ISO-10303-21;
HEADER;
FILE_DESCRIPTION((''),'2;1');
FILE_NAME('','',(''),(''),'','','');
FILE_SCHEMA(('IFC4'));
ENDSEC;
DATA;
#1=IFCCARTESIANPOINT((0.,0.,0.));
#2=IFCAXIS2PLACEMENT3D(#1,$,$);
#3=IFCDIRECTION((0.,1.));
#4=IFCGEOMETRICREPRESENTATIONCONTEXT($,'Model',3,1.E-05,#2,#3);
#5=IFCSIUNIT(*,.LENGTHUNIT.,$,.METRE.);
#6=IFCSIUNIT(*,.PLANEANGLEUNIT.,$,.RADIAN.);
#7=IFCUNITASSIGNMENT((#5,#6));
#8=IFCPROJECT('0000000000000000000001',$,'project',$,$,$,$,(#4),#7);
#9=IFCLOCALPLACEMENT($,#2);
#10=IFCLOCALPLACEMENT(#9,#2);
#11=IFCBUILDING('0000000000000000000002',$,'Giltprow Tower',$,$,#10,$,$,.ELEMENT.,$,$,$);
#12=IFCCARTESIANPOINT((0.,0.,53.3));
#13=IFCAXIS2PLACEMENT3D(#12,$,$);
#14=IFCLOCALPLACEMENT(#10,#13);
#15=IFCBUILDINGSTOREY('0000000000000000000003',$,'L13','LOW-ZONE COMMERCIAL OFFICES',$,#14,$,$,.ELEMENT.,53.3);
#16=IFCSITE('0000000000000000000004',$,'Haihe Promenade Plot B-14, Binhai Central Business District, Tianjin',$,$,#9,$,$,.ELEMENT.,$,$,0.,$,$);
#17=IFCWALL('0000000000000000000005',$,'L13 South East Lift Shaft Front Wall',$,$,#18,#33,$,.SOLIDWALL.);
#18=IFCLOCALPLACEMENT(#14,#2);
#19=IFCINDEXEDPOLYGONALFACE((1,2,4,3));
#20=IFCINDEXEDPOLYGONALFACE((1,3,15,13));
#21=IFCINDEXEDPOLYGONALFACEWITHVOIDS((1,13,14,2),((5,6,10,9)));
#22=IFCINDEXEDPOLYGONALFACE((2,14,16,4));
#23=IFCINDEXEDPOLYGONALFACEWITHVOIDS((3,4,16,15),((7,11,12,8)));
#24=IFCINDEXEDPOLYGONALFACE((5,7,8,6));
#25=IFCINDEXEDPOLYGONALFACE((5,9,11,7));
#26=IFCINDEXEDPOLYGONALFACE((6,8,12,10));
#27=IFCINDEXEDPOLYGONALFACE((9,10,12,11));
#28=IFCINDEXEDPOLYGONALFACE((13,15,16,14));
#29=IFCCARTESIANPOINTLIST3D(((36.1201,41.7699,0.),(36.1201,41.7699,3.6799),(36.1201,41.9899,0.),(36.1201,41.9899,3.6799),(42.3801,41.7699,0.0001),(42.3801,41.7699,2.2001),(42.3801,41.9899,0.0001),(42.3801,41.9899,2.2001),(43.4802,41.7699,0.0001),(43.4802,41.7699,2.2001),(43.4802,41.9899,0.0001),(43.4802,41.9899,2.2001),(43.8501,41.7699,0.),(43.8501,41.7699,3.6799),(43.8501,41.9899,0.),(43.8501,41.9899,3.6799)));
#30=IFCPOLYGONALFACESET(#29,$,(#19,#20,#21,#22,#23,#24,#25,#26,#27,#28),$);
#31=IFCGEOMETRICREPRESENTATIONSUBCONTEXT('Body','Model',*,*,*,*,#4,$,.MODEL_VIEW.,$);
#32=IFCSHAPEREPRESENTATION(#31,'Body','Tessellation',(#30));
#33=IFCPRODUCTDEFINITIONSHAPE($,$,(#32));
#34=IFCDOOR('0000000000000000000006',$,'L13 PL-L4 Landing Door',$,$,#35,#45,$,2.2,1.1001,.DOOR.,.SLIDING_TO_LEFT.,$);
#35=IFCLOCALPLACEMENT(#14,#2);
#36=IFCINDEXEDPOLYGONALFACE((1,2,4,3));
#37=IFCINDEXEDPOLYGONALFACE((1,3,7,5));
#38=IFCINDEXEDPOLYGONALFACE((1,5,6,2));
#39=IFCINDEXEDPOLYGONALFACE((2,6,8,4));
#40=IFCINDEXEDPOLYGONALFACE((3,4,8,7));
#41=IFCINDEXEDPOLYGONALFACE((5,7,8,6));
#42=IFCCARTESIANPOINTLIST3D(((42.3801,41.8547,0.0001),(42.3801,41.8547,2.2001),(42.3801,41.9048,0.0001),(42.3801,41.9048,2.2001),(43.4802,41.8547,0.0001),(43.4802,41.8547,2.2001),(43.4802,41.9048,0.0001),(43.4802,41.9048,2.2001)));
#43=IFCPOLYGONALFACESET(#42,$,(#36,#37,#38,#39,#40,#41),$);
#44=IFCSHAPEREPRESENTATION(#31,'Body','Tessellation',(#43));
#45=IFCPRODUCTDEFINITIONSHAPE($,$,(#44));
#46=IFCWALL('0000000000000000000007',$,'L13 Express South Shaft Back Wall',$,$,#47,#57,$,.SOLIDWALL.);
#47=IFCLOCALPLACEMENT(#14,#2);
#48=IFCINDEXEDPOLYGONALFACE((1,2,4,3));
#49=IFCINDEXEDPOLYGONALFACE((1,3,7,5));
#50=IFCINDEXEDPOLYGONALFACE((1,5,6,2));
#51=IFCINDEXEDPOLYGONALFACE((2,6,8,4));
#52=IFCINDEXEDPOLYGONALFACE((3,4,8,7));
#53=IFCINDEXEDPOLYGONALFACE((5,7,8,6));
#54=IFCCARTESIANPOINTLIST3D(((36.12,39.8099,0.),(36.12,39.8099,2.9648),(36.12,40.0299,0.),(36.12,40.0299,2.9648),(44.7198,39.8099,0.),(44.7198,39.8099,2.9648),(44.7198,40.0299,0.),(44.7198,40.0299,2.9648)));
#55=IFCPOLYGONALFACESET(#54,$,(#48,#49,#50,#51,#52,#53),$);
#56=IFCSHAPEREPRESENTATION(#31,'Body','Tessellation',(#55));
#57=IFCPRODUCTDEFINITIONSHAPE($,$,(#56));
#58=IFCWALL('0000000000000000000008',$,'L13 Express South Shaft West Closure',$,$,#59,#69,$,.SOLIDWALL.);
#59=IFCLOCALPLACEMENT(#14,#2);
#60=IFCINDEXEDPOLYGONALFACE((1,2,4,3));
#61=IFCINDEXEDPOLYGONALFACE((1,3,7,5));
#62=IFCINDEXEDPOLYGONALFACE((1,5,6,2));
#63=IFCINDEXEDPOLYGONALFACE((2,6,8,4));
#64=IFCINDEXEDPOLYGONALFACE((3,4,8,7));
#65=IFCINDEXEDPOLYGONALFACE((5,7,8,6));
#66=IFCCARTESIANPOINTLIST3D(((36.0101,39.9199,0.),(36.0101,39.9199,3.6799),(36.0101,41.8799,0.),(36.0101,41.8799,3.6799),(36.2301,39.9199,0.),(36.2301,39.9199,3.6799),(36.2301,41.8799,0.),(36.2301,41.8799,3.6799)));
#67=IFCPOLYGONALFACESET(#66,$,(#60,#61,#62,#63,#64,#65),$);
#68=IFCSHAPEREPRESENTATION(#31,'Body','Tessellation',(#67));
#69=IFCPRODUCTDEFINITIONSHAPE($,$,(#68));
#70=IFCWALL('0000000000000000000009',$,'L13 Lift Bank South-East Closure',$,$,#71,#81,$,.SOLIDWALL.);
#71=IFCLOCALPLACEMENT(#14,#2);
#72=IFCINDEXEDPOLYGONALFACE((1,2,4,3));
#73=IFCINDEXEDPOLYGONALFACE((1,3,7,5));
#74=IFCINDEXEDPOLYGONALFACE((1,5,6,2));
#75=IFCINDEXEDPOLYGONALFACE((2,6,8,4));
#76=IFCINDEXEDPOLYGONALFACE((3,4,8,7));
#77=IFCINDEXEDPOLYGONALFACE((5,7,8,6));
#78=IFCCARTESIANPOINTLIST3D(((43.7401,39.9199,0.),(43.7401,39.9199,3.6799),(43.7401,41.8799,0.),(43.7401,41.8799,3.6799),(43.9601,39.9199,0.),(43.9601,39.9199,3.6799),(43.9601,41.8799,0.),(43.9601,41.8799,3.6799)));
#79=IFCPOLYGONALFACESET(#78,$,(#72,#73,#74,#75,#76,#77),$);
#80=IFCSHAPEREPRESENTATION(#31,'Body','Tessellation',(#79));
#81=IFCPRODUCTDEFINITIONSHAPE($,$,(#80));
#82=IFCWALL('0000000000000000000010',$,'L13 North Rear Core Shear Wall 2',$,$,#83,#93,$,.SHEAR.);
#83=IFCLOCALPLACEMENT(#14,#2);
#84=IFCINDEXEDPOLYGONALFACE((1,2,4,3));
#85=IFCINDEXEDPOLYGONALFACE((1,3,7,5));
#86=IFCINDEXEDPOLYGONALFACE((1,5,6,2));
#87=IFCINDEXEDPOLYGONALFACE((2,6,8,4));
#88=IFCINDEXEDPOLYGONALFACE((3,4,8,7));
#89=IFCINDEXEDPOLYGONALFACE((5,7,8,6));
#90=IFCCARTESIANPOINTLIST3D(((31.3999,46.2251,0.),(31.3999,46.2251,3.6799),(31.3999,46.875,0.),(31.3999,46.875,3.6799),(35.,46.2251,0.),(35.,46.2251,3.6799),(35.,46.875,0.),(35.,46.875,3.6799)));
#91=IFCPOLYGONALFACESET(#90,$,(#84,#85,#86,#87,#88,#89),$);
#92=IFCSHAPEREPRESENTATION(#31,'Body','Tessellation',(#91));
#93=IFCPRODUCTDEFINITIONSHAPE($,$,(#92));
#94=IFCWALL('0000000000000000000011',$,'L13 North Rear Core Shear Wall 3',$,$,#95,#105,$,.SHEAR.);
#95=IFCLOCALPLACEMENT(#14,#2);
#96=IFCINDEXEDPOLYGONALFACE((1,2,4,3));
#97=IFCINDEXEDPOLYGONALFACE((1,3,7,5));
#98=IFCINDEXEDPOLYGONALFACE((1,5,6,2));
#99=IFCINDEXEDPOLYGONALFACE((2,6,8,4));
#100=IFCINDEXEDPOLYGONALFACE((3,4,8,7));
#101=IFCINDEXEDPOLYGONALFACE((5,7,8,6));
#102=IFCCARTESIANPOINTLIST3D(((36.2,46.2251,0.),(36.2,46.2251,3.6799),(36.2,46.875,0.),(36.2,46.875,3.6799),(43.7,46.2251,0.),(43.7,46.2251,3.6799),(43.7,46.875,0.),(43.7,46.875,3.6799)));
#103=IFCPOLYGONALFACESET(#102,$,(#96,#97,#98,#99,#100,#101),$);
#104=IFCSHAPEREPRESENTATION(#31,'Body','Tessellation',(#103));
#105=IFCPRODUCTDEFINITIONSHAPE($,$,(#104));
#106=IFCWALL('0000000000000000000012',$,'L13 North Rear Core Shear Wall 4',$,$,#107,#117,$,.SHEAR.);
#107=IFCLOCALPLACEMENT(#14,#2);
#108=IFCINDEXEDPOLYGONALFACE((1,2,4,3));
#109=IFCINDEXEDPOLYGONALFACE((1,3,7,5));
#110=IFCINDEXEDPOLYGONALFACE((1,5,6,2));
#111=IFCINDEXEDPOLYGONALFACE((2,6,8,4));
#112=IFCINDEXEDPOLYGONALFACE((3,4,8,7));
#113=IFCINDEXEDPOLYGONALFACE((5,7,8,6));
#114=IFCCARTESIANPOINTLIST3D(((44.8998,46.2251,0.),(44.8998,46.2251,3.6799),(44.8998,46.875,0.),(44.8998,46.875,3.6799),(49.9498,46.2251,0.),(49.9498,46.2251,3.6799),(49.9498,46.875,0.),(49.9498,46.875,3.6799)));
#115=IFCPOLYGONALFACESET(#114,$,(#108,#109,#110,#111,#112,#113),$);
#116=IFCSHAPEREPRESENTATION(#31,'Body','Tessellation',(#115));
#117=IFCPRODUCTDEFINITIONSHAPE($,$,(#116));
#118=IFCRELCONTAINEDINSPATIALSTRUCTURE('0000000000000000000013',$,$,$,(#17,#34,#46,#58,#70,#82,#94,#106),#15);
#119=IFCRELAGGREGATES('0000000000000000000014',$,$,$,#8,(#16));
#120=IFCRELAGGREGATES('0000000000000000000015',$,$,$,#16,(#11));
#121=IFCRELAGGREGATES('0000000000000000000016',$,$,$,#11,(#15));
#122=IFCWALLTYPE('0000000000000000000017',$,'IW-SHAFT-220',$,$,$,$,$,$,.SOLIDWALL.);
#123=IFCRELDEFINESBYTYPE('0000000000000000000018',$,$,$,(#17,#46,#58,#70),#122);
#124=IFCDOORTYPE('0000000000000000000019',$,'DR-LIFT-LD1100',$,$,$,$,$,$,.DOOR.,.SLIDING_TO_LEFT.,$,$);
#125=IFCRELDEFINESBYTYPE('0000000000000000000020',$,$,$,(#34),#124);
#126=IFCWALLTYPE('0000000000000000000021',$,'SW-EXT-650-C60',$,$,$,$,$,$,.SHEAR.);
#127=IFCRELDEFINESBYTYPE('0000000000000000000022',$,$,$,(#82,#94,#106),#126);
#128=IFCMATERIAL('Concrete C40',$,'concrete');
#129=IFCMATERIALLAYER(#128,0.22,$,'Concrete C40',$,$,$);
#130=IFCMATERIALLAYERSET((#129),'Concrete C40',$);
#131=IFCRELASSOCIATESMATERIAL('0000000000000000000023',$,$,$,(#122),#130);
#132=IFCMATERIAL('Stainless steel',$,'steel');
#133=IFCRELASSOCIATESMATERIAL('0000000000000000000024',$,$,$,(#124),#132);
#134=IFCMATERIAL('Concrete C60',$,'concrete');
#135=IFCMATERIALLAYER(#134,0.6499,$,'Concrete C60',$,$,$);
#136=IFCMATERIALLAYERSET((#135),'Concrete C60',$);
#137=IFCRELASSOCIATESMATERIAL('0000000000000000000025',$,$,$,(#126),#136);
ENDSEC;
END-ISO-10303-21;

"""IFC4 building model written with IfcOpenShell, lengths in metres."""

from ifc_helpers import new_model, si_unit, direction, frame, frame_2d, origin, place, context, subcontext, project, spatial, rectangle, extrude, source, transform, mapped, material, layer, layer_set, type_object, element, fill, save


model = new_model("IFC4")

# Units and contexts
model_context = context("Model", 3, precision=1e-05, world=origin(), true_north=direction((0.0, 1.0)))
body_context = subcontext(model_context, "Body", "Model", "MODEL_VIEW")
ifc_project = project(units=[si_unit("LENGTHUNIT", "METRE"), si_unit("PLANEANGLEUNIT", "RADIAN")], contexts=[model_context])

# Site, building, storey
site_placement = place(None, origin())
site = spatial("IfcSite", under=ifc_project, at=site_placement, Name="Haihe Promenade Plot B-14, Binhai Central Business District, Tianjin", CompositionType="ELEMENT", RefElevation=0.0)
building_placement = place(site_placement, origin())
building = spatial("IfcBuilding", under=site, at=building_placement, Name="Giltprow Tower", CompositionType="ELEMENT")
storey_placement = place(building_placement, frame((0.0, 0.0, 53.3)))
storey = spatial("IfcBuildingStorey", under=building, at=storey_placement, Name="L13", Description="LOW-ZONE COMMERCIAL OFFICES", CompositionType="ELEMENT", Elevation=53.3)

# Shared definitions
ifc_material_1 = material(Name="Concrete C60", Category="concrete")

# Shared definitions
ifc_material_2 = material(Name="Concrete C40", Category="concrete")
ifc_layer_1 = layer(ifc_material_2, 0.22, Name="Concrete C40")
ifc_layer_set_1 = layer_set([ifc_layer_1], Name="Concrete C40")
wall_type_1 = type_object("IfcWallType", Name="IW-SHAFT-220", PredefinedType="SOLIDWALL", material=ifc_layer_set_1)
ifc_material_3 = material(Name="Stainless steel", Category="steel")
door_type = type_object("IfcDoorType", Name="DR-LIFT-LD1100", OperationType="SLIDING_TO_LEFT", PredefinedType="DOOR", material=ifc_material_3)
shared_shape_1 = source(origin(), body_context, "Body", "SweptSolid", [
    extrude(rectangle(XDim=1.1001, YDim=2.2, at=frame_2d((0.55, 1.1001))), frame((0.0, 0.0249, 0.0), z_axis=(0.0, -1.0, 0.0), x_axis=(1.0, 0.0, 0.0)), (0.0, 0.0, 1.0), 0.05),
])

# Wall, opening, door
wall_1_placement = place(storey_placement, frame((36.1201, 41.8799, 0.0), z_axis=(0.0, 0.0, 1.0), x_axis=(1.0, 0.0, 0.0)))
wall_1 = element("IfcWall", 1, at=wall_1_placement, inside=storey, type_object=wall_type_1, Name="L13 South East Lift Shaft Front Wall", PredefinedType="SOLIDWALL", context=body_context, shape_type="SweptSolid", body=[
    extrude(rectangle(XDim=7.73, YDim=0.22, at=frame_2d((3.865, 0.0))), origin(), (0.0, 0.0, 1.0), 3.6799),
])
opening_1_placement = place(wall_1_placement, frame((6.26, 0.0, 0.0)))
opening_1 = element("IfcOpeningElement", 2, at=opening_1_placement, cuts=wall_1, PredefinedType="OPENING", context=body_context, shape_type="SweptSolid", body=[
    extrude(rectangle(XDim=1.1001, YDim=2.2, at=frame_2d((0.55, 1.1001))), frame((0.0, 0.1199, 0.0), z_axis=(0.0, -1.0, 0.0), x_axis=(1.0, 0.0, 0.0)), (0.0, 0.0, 1.0), 0.24),
])
door_1_placement = place(opening_1_placement, origin())
door_1 = element("IfcDoor", 3, at=door_1_placement, inside=storey, type_object=door_type, Name="L13 PL-L4 Landing Door", OperationType="SLIDING_TO_LEFT", OverallHeight=2.2, OverallWidth=1.1001, PredefinedType="DOOR", context=body_context, shape_type="MappedRepresentation", body=[
    mapped(shared_shape_1, transform((0.0, 0.0, 0.0), x_axis=(1.0, 0.0, 0.0), y_axis=(0.0, 1.0, 0.0), z_axis=(0.0, 0.0, 1.0), scale=1.0)),
])
fill(opening_1, door_1)

# Walls
wall_2_placement = place(storey_placement, frame((36.1201, 39.9199, 0.0), z_axis=(0.0, 0.0, 1.0), x_axis=(1.0, 0.0, 0.0)))
element("IfcWall", 4, at=wall_2_placement, inside=storey, type_object=wall_type_1, Name="L13 Express South Shaft Back Wall", PredefinedType="SOLIDWALL", context=body_context, shape_type="SweptSolid", body=[
    extrude(rectangle(XDim=8.5999, YDim=0.22, at=frame_2d((4.2998, 0.0))), origin(), (0.0, 0.0, 1.0), 2.9648),
])
for number, where, z_axis, x_axis, name in (
    (5, (36.1201, 39.9199, 0.0), (0.0, 0.0, 1.0), (0.0, 1.0, 0.0), "L13 Express South Shaft West Closure"),
    (6, (43.8501, 39.9199, 0.0), (0.0, 0.0, 1.0), (0.0, 1.0, 0.0), "L13 Lift Bank South-East Closure"),
):
    element("IfcWall", number, at=place(storey_placement, frame(where, z_axis=z_axis, x_axis=x_axis)), inside=storey, type_object=wall_type_1, Name=name, PredefinedType="SOLIDWALL", context=body_context, shape_type="SweptSolid", body=[
        extrude(rectangle(XDim=1.96, YDim=0.22, at=frame_2d((0.98, 0.0))), origin(), (0.0, 0.0, 1.0), 3.6799),
    ])
ifc_layer_2 = layer(ifc_material_1, 0.6499, Name="Concrete C60")
ifc_layer_set_2 = layer_set([ifc_layer_2], Name="Concrete C60")
wall_type_2 = type_object("IfcWallType", Name="SW-EXT-650-C60", PredefinedType="SHEAR", material=ifc_layer_set_2)
wall_3_placement = place(storey_placement, frame((31.3999, 46.55, 0.0), z_axis=(0.0, 0.0, 1.0), x_axis=(1.0, 0.0, 0.0)))
element("IfcWall", 7, at=wall_3_placement, inside=storey, type_object=wall_type_2, Name="L13 North Rear Core Shear Wall 2", PredefinedType="SHEAR", context=body_context, shape_type="SweptSolid", body=[
    extrude(rectangle(XDim=3.6001, YDim=0.6499, at=frame_2d((1.8, 0.0))), origin(), (0.0, 0.0, 1.0), 3.6799),
])
wall_4_placement = place(storey_placement, frame((36.2, 46.55, 0.0), z_axis=(0.0, 0.0, 1.0), x_axis=(1.0, 0.0, 0.0)))
element("IfcWall", 8, at=wall_4_placement, inside=storey, type_object=wall_type_2, Name="L13 North Rear Core Shear Wall 3", PredefinedType="SHEAR", context=body_context, shape_type="SweptSolid", body=[
    extrude(rectangle(XDim=7.5, YDim=0.6499, at=frame_2d((3.75, 0.0))), origin(), (0.0, 0.0, 1.0), 3.6799),
])
wall_5_placement = place(storey_placement, frame((44.8999, 46.55, 0.0), z_axis=(0.0, 0.0, 1.0), x_axis=(1.0, 0.0, 0.0)))
element("IfcWall", 9, at=wall_5_placement, inside=storey, type_object=wall_type_2, Name="L13 North Rear Core Shear Wall 4", PredefinedType="SHEAR", context=body_context, shape_type="SweptSolid", body=[
    extrude(rectangle(XDim=5.05, YDim=0.6499, at=frame_2d((2.5249, 0.0))), origin(), (0.0, 0.0, 1.0), 3.6799),
])

save(model, "model.ifc")
